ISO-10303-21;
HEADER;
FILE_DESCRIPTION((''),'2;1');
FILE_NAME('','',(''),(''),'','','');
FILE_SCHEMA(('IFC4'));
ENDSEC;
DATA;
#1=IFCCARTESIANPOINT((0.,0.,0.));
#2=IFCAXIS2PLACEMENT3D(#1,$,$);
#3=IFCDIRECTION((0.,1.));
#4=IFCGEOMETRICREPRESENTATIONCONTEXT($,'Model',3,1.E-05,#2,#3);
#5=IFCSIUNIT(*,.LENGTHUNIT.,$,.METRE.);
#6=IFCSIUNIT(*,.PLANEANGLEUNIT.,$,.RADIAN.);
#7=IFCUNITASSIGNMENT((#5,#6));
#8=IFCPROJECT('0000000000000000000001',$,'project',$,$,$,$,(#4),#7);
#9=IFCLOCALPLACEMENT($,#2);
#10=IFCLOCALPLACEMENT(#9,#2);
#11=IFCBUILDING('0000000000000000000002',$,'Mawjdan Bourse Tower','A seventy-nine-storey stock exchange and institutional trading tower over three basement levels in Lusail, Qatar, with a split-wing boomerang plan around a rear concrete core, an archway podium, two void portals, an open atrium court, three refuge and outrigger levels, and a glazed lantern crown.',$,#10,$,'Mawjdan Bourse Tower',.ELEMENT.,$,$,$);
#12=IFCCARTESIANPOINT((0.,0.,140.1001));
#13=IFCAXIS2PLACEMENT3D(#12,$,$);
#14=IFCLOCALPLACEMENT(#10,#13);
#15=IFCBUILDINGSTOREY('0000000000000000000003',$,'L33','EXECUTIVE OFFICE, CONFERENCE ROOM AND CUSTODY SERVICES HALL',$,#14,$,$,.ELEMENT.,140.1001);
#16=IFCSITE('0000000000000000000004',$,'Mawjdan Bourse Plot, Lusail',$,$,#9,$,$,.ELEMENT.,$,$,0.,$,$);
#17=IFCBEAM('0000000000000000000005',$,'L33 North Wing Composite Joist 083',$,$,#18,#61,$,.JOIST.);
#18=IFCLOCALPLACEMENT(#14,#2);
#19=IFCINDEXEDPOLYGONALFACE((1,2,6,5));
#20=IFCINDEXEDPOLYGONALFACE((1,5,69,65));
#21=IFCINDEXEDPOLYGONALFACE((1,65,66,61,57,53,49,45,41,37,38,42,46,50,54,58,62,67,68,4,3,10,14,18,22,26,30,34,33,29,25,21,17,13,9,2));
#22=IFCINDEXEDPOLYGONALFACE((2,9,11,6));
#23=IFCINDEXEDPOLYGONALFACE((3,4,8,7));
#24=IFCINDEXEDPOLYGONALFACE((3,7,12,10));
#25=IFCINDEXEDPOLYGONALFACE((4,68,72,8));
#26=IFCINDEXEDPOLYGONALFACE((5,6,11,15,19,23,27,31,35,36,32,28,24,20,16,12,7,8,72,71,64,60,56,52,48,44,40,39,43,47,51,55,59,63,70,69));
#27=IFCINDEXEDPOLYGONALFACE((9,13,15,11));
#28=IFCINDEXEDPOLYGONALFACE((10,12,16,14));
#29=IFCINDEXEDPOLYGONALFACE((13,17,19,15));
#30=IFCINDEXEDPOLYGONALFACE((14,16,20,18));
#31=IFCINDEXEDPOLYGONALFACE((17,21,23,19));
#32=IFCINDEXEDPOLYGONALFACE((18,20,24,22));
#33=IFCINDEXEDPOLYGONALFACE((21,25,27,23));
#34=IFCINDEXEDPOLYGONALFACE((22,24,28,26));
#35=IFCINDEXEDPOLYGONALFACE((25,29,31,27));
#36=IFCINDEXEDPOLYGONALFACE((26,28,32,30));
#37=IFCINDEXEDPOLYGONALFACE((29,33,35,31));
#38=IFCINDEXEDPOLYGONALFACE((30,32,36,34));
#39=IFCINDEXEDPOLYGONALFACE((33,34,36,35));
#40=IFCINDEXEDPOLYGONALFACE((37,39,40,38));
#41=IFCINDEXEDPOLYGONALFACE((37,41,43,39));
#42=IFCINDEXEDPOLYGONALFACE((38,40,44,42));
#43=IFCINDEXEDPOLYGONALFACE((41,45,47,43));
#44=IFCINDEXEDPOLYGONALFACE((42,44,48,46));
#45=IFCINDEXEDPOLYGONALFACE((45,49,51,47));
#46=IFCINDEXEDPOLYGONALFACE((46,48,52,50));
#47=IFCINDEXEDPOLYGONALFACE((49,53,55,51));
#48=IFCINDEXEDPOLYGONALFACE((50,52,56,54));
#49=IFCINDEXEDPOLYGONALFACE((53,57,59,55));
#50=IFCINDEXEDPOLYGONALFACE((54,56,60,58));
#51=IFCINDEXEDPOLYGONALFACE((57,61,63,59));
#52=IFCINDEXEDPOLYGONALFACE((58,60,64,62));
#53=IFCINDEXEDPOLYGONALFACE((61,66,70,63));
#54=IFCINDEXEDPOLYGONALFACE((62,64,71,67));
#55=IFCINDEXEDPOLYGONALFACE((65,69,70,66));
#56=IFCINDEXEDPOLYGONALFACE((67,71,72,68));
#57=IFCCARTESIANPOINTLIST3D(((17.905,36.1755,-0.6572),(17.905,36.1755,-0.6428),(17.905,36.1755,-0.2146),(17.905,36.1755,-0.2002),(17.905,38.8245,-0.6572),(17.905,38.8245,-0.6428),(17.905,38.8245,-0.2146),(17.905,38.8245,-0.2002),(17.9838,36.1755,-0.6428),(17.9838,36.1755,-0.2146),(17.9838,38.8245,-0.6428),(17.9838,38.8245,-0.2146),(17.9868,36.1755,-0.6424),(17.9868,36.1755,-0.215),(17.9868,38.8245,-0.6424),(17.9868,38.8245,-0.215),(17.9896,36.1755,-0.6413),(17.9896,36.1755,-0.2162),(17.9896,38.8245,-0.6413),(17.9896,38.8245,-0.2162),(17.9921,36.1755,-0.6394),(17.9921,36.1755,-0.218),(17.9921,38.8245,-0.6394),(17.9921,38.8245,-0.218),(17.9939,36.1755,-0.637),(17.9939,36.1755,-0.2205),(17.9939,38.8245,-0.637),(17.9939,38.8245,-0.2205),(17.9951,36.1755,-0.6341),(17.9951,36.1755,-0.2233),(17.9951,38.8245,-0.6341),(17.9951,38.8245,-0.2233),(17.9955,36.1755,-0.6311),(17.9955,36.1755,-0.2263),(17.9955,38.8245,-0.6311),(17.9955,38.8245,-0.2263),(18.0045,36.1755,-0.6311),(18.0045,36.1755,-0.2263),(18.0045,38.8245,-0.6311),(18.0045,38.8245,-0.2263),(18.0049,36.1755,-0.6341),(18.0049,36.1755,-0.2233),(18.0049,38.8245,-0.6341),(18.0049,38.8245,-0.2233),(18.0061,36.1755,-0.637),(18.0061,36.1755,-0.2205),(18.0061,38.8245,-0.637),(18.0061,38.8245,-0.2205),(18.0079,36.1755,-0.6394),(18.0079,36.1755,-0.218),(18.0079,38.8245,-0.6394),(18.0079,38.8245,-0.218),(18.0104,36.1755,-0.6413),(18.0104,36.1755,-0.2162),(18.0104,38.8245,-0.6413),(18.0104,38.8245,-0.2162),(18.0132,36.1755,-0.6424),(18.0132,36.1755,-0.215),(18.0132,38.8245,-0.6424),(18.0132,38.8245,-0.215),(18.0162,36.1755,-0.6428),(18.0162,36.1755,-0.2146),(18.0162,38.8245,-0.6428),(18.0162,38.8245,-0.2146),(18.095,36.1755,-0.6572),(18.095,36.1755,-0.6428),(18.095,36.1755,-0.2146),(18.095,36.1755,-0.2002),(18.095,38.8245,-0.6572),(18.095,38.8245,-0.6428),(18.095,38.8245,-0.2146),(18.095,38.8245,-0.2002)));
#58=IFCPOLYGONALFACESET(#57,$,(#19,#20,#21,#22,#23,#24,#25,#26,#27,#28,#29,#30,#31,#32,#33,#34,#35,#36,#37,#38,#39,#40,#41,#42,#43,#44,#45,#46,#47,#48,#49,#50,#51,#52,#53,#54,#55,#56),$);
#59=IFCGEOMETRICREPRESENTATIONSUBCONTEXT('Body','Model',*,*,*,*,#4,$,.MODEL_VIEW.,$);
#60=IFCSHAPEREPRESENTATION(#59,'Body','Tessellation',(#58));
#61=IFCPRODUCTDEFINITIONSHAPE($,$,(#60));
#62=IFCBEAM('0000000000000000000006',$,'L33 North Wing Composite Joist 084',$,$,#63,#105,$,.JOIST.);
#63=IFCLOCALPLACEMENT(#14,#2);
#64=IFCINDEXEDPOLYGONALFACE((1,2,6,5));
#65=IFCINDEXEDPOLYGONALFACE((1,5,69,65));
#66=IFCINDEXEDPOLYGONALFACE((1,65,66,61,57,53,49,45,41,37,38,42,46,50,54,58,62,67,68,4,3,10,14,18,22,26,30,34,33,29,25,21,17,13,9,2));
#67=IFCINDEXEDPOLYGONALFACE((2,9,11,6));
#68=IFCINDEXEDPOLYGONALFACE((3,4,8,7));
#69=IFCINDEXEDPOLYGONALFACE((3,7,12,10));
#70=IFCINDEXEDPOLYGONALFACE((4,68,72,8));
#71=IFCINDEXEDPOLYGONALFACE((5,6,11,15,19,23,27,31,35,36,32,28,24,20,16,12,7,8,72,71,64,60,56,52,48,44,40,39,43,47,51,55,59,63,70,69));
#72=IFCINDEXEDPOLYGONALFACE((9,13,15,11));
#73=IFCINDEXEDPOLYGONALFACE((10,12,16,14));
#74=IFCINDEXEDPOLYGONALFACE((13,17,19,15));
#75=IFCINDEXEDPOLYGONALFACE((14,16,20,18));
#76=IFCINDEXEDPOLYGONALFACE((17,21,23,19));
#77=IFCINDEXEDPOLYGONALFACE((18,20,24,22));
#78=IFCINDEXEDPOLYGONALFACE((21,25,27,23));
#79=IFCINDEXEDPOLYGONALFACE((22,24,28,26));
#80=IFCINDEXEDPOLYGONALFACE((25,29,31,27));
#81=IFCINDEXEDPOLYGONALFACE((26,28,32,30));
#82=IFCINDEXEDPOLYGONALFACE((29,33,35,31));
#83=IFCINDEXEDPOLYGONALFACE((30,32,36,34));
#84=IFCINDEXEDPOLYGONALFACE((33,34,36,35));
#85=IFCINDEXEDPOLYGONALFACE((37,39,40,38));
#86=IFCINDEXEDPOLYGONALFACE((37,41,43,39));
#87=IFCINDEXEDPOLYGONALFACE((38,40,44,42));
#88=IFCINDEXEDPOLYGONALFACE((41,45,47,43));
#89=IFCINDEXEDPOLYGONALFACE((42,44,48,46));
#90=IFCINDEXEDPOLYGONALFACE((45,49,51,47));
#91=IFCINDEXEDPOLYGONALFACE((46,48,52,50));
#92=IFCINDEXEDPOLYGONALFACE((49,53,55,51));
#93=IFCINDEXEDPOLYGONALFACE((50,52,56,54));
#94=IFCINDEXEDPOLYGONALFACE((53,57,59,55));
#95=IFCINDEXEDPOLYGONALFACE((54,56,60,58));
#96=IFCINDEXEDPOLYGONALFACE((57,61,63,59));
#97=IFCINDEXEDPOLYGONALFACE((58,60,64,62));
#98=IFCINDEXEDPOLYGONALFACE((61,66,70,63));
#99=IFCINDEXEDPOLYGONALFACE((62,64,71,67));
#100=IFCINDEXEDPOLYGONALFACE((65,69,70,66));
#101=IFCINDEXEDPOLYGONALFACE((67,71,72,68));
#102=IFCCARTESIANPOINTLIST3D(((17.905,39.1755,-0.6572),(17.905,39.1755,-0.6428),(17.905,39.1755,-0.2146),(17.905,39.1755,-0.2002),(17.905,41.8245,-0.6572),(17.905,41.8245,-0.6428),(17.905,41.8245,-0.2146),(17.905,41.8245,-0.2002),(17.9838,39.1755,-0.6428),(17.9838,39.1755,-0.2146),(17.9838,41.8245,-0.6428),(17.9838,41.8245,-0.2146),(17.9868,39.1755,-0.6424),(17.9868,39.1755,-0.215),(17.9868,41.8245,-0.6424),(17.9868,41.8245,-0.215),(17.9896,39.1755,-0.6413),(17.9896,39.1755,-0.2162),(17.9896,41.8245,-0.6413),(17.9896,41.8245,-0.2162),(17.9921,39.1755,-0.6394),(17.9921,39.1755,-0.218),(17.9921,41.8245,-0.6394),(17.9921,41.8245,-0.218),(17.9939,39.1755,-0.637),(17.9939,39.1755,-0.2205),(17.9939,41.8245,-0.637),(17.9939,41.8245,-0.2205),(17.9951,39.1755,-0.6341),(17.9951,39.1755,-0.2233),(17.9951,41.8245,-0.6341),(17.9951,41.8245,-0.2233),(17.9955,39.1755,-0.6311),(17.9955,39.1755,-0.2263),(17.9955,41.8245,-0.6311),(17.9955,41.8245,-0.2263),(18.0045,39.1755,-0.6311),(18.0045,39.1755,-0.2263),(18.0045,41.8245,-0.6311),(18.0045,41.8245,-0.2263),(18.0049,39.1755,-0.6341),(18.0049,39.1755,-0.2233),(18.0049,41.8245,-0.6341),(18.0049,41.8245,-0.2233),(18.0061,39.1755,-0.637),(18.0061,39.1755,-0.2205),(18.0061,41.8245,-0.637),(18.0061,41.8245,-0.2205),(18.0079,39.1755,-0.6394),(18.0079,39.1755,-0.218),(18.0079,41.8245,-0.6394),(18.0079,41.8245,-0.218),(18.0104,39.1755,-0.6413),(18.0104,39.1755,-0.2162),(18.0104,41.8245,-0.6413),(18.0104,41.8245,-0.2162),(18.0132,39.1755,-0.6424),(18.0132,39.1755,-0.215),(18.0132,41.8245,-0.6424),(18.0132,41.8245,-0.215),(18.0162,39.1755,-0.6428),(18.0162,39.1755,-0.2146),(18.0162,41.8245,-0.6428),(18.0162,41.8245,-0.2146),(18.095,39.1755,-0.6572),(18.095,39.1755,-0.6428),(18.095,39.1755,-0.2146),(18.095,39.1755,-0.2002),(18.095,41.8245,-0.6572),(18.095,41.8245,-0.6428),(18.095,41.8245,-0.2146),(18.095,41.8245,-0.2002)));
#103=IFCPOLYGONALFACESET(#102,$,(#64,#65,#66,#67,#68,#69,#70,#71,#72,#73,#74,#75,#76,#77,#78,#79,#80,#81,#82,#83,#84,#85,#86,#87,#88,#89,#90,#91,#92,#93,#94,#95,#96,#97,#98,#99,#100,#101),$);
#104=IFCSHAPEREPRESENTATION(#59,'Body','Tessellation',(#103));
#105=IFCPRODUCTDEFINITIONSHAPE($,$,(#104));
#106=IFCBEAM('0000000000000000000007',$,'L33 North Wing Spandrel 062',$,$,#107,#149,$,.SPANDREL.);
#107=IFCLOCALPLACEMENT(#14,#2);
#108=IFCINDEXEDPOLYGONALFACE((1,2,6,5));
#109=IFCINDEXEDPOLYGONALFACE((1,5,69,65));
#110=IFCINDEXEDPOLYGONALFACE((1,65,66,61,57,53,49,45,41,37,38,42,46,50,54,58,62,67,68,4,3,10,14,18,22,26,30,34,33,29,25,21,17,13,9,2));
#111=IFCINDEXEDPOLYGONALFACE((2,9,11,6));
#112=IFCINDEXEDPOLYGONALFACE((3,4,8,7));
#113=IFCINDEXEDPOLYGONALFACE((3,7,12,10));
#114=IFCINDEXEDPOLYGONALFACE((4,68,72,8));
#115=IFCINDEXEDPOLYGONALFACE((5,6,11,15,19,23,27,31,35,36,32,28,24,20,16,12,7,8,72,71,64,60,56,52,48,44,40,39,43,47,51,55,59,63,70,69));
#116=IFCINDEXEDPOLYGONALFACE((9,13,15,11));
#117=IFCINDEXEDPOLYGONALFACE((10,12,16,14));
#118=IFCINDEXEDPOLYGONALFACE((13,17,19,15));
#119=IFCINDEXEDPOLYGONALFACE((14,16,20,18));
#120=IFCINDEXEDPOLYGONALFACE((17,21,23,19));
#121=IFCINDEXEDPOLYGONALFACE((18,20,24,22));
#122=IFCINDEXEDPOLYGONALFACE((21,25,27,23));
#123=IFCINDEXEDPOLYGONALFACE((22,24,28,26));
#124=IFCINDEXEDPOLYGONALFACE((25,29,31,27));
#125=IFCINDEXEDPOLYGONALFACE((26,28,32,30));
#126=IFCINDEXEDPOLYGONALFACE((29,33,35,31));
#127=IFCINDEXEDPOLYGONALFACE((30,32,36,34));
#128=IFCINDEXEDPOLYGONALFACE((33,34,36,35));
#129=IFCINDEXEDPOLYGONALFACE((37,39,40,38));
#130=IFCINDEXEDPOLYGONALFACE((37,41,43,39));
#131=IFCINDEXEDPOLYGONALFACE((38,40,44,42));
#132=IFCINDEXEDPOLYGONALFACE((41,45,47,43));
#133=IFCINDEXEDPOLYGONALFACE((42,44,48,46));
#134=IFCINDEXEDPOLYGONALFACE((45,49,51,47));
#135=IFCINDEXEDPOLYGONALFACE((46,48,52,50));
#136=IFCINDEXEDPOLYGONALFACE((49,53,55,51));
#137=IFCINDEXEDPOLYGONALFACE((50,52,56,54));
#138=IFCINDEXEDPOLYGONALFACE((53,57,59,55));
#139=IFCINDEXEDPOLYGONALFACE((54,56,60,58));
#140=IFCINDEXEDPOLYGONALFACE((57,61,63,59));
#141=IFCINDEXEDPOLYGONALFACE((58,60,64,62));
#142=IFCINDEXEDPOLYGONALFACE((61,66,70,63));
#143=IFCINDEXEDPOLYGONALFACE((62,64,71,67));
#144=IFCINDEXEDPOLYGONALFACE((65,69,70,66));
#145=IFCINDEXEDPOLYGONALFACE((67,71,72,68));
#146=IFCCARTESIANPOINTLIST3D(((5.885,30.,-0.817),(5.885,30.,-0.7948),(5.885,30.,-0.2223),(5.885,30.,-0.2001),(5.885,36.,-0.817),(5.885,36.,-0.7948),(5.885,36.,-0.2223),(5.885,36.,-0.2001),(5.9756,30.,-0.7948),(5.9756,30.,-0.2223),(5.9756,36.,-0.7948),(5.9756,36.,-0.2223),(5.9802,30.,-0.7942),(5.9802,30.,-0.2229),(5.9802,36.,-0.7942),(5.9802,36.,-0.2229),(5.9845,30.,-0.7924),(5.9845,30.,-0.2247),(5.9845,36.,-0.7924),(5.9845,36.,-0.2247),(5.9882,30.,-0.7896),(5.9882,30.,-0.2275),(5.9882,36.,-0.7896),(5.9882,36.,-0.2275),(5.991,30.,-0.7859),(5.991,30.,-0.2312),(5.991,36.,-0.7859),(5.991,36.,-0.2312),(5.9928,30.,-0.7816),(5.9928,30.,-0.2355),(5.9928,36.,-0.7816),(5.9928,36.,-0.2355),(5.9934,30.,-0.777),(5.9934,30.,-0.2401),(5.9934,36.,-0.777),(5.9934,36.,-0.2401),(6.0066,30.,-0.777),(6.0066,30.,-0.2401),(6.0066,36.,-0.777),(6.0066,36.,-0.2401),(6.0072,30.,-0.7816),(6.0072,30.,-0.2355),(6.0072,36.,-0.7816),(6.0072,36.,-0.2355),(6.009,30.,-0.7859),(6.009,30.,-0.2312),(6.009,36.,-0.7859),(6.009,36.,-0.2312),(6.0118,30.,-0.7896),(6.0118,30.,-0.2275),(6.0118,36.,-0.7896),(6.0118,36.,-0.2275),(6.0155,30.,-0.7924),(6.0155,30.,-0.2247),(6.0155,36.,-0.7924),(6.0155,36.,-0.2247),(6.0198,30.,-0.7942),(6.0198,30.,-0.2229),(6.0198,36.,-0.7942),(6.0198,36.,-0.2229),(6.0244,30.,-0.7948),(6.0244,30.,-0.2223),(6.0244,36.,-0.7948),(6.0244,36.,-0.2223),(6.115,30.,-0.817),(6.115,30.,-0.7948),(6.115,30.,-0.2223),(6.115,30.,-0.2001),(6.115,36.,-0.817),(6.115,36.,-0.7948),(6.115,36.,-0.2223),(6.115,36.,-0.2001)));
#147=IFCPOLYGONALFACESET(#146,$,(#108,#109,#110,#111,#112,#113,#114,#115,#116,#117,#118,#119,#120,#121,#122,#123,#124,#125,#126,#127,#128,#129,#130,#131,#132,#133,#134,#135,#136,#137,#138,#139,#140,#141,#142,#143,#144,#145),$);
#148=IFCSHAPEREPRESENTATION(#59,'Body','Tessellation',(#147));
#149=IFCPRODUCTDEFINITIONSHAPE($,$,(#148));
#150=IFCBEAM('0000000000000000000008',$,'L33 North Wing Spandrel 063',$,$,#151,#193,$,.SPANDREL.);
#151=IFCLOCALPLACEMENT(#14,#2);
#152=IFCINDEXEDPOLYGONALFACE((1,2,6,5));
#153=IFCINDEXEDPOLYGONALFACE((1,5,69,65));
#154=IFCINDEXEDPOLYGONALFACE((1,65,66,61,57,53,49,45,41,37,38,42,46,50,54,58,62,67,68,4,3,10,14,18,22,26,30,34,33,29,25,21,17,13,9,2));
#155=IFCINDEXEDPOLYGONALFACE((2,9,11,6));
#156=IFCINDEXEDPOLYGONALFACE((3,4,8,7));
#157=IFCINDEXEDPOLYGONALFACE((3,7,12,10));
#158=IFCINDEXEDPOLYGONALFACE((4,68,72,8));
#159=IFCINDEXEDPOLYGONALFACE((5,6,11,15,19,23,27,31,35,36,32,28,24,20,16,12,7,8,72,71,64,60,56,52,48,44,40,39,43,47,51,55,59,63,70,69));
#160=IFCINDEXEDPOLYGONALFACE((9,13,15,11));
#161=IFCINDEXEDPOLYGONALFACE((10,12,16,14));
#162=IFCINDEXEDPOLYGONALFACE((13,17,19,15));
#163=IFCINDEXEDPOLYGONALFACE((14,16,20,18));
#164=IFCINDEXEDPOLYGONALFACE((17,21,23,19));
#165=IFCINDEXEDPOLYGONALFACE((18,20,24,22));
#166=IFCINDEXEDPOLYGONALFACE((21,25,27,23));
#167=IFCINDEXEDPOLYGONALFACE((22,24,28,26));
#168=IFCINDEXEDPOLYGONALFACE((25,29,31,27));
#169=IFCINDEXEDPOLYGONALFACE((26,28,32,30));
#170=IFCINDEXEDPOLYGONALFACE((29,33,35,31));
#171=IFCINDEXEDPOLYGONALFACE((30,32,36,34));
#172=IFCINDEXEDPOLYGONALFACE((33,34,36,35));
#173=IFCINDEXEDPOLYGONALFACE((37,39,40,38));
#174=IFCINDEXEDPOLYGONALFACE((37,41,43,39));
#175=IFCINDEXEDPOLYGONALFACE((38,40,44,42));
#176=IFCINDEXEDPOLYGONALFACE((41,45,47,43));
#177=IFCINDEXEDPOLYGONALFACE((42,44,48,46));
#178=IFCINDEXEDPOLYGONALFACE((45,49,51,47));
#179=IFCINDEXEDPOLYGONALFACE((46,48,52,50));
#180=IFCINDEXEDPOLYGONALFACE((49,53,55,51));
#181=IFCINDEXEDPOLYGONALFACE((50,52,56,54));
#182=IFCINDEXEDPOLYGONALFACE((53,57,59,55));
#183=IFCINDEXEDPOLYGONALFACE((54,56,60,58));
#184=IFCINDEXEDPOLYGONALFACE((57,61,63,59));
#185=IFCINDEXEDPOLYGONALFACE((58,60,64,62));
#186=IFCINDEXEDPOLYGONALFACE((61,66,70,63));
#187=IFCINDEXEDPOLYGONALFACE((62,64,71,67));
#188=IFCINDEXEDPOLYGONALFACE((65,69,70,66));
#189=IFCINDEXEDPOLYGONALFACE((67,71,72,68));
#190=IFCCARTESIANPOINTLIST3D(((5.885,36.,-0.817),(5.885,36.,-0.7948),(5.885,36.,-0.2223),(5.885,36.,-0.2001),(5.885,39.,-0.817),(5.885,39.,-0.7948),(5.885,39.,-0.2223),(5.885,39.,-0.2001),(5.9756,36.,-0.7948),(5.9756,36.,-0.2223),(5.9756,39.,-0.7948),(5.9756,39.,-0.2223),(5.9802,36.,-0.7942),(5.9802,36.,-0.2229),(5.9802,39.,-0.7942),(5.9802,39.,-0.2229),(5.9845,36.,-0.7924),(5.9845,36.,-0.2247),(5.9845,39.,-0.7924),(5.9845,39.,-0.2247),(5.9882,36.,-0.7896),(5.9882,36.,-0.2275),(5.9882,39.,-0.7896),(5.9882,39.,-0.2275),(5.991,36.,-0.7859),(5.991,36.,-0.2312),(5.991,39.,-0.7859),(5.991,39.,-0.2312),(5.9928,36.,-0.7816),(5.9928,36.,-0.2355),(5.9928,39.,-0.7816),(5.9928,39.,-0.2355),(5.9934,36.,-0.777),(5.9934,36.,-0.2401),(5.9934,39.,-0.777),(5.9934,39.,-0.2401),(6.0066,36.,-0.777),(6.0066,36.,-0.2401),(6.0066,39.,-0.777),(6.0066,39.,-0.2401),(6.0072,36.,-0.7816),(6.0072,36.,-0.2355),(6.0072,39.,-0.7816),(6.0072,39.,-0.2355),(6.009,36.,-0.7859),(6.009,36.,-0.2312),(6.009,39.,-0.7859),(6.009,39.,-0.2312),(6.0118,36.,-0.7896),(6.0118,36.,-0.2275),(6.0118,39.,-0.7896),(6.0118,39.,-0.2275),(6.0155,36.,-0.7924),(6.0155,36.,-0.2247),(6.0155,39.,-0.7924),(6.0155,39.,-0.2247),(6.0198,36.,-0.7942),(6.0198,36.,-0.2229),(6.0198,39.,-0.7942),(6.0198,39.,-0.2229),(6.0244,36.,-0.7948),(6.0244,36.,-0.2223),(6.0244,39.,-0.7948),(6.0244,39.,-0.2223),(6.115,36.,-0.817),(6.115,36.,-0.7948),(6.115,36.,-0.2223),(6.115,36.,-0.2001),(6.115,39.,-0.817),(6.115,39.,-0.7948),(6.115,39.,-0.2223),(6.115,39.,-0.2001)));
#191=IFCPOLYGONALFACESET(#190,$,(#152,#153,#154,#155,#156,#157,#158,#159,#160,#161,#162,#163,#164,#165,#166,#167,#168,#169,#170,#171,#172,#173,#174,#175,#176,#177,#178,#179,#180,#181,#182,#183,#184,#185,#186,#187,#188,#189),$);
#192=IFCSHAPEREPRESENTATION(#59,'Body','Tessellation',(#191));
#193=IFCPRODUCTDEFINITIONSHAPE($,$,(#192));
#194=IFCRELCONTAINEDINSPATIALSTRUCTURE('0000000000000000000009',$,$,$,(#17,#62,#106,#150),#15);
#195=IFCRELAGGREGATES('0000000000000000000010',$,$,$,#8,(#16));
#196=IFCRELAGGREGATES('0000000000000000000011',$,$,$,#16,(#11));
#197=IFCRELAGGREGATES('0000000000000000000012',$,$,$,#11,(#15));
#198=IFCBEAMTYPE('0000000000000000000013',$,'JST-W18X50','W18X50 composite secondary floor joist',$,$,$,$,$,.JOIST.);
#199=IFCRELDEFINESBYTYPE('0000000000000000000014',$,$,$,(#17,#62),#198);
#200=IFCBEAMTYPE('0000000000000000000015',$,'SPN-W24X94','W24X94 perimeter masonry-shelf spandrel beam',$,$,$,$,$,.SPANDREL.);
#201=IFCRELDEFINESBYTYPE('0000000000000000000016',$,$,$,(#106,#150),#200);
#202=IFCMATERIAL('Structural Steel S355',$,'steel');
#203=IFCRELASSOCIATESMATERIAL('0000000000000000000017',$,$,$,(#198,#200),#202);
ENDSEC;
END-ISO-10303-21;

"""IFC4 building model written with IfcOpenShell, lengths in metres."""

from ifc_helpers import new_model, si_unit, direction, frame, origin, origin_2d, place, context, subcontext, project, spatial, i_section, extrude, material, material_profile, profile_set, type_object, element, save


model = new_model("IFC4")

# Units and contexts
model_context = context("Model", 3, precision=1e-05, world=origin(), true_north=direction((0.0, 1.0)))
body_context = subcontext(model_context, "Body", "Model", "MODEL_VIEW")
ifc_project = project(units=[si_unit("LENGTHUNIT", "METRE"), si_unit("PLANEANGLEUNIT", "RADIAN")], contexts=[model_context])

# Site, building, storey
site_placement = place(None, origin())
site = spatial("IfcSite", under=ifc_project, at=site_placement, Name="Mawjdan Bourse Plot, Lusail", CompositionType="ELEMENT", RefElevation=0.0)
building_placement = place(site_placement, origin())
building = spatial("IfcBuilding", under=site, at=building_placement, Name="Mawjdan Bourse Tower", Description="A seventy-nine-storey stock exchange and institutional trading tower over three basement levels in Lusail, Qatar, with a split-wing boomerang plan around a rear concrete core, an archway podium, two void portals, an open atrium court, three refuge and outrigger levels, and a glazed lantern crown.", LongName="Mawjdan Bourse Tower", CompositionType="ELEMENT")
storey_placement = place(building_placement, frame((0.0, 0.0, 140.1001)))
storey = spatial("IfcBuildingStorey", under=building, at=storey_placement, Name="L33", Description="EXECUTIVE OFFICE, CONFERENCE ROOM AND CUSTODY SERVICES HALL", CompositionType="ELEMENT", Elevation=140.1001)

# Beams
ifc_material_1 = material(Name="Structural Steel S355", Category="steel")
ifc_material_profile_1 = material_profile(ifc_material_1, i_section(OverallWidth=0.1899, OverallDepth=0.457, WebThickness=0.009, FlangeThickness=0.0144, FilletRadius=0.0117, at=origin_2d()), Name="W18X50")
ifc_profile_set_1 = profile_set([ifc_material_profile_1], Name="Structural Steel S355")
beam_type_1 = type_object("IfcBeamType", Name="JST-W18X50", Description="W18X50 composite secondary floor joist", PredefinedType="JOIST", material=ifc_profile_set_1)
for number, where, z_axis, x_axis, name in (
    (1, (18.0, 36.1755, -0.4287), (0.0, 1.0, 0.0), (-1.0, 0.0, 0.0), "L33 North Wing Composite Joist 083"),
    (2, (18.0, 39.1755, -0.4287), (0.0, 1.0, 0.0), (-1.0, 0.0, 0.0), "L33 North Wing Composite Joist 084"),
):
    element("IfcBeam", number, at=place(storey_placement, frame(where, z_axis=z_axis, x_axis=x_axis)), inside=storey, type_object=beam_type_1, Name=name, PredefinedType="JOIST", context=body_context, shape_type="SweptSolid", body=[
        extrude(i_section(OverallWidth=0.1899, OverallDepth=0.457, WebThickness=0.009, FlangeThickness=0.0144, FilletRadius=0.0117, at=origin_2d()), origin(), (0.0, 0.0, 1.0), 2.6489),
    ])
ifc_material_profile_2 = material_profile(ifc_material_1, i_section(OverallWidth=0.23, OverallDepth=0.6169, WebThickness=0.0132, FlangeThickness=0.0222, FilletRadius=0.0178, at=origin_2d()), Name="W24X94")
ifc_profile_set_2 = profile_set([ifc_material_profile_2], Name="Structural Steel S355")
beam_type_2 = type_object("IfcBeamType", Name="SPN-W24X94", Description="W24X94 perimeter masonry-shelf spandrel beam", PredefinedType="SPANDREL", material=ifc_profile_set_2)
beam_1_placement = place(storey_placement, frame((6.0, 30.0, -0.5085), z_axis=(0.0, 1.0, 0.0), x_axis=(-1.0, 0.0, 0.0)))
element("IfcBeam", 3, at=beam_1_placement, inside=storey, type_object=beam_type_2, Name="L33 North Wing Spandrel 062", PredefinedType="SPANDREL", context=body_context, shape_type="SweptSolid", body=[
    extrude(i_section(OverallWidth=0.23, OverallDepth=0.6169, WebThickness=0.0132, FlangeThickness=0.0222, FilletRadius=0.0178, at=origin_2d()), origin(), (0.0, 0.0, 1.0), 6.0),
])
for number, where, z_axis, x_axis, name in (
    (4, (6.0, 36.0, -0.5085), (0.0, 1.0, 0.0), (-1.0, 0.0, 0.0), "L33 North Wing Spandrel 063"),
):
    element("IfcBeam", number, at=place(storey_placement, frame(where, z_axis=z_axis, x_axis=x_axis)), inside=storey, type_object=beam_type_2, Name=name, PredefinedType="SPANDREL", context=body_context, shape_type="SweptSolid", body=[
        extrude(i_section(OverallWidth=0.23, OverallDepth=0.6169, WebThickness=0.0132, FlangeThickness=0.0222, FilletRadius=0.0178, at=origin_2d()), origin(), (0.0, 0.0, 1.0), 3.0),
    ])

save(model, "model.ifc")
